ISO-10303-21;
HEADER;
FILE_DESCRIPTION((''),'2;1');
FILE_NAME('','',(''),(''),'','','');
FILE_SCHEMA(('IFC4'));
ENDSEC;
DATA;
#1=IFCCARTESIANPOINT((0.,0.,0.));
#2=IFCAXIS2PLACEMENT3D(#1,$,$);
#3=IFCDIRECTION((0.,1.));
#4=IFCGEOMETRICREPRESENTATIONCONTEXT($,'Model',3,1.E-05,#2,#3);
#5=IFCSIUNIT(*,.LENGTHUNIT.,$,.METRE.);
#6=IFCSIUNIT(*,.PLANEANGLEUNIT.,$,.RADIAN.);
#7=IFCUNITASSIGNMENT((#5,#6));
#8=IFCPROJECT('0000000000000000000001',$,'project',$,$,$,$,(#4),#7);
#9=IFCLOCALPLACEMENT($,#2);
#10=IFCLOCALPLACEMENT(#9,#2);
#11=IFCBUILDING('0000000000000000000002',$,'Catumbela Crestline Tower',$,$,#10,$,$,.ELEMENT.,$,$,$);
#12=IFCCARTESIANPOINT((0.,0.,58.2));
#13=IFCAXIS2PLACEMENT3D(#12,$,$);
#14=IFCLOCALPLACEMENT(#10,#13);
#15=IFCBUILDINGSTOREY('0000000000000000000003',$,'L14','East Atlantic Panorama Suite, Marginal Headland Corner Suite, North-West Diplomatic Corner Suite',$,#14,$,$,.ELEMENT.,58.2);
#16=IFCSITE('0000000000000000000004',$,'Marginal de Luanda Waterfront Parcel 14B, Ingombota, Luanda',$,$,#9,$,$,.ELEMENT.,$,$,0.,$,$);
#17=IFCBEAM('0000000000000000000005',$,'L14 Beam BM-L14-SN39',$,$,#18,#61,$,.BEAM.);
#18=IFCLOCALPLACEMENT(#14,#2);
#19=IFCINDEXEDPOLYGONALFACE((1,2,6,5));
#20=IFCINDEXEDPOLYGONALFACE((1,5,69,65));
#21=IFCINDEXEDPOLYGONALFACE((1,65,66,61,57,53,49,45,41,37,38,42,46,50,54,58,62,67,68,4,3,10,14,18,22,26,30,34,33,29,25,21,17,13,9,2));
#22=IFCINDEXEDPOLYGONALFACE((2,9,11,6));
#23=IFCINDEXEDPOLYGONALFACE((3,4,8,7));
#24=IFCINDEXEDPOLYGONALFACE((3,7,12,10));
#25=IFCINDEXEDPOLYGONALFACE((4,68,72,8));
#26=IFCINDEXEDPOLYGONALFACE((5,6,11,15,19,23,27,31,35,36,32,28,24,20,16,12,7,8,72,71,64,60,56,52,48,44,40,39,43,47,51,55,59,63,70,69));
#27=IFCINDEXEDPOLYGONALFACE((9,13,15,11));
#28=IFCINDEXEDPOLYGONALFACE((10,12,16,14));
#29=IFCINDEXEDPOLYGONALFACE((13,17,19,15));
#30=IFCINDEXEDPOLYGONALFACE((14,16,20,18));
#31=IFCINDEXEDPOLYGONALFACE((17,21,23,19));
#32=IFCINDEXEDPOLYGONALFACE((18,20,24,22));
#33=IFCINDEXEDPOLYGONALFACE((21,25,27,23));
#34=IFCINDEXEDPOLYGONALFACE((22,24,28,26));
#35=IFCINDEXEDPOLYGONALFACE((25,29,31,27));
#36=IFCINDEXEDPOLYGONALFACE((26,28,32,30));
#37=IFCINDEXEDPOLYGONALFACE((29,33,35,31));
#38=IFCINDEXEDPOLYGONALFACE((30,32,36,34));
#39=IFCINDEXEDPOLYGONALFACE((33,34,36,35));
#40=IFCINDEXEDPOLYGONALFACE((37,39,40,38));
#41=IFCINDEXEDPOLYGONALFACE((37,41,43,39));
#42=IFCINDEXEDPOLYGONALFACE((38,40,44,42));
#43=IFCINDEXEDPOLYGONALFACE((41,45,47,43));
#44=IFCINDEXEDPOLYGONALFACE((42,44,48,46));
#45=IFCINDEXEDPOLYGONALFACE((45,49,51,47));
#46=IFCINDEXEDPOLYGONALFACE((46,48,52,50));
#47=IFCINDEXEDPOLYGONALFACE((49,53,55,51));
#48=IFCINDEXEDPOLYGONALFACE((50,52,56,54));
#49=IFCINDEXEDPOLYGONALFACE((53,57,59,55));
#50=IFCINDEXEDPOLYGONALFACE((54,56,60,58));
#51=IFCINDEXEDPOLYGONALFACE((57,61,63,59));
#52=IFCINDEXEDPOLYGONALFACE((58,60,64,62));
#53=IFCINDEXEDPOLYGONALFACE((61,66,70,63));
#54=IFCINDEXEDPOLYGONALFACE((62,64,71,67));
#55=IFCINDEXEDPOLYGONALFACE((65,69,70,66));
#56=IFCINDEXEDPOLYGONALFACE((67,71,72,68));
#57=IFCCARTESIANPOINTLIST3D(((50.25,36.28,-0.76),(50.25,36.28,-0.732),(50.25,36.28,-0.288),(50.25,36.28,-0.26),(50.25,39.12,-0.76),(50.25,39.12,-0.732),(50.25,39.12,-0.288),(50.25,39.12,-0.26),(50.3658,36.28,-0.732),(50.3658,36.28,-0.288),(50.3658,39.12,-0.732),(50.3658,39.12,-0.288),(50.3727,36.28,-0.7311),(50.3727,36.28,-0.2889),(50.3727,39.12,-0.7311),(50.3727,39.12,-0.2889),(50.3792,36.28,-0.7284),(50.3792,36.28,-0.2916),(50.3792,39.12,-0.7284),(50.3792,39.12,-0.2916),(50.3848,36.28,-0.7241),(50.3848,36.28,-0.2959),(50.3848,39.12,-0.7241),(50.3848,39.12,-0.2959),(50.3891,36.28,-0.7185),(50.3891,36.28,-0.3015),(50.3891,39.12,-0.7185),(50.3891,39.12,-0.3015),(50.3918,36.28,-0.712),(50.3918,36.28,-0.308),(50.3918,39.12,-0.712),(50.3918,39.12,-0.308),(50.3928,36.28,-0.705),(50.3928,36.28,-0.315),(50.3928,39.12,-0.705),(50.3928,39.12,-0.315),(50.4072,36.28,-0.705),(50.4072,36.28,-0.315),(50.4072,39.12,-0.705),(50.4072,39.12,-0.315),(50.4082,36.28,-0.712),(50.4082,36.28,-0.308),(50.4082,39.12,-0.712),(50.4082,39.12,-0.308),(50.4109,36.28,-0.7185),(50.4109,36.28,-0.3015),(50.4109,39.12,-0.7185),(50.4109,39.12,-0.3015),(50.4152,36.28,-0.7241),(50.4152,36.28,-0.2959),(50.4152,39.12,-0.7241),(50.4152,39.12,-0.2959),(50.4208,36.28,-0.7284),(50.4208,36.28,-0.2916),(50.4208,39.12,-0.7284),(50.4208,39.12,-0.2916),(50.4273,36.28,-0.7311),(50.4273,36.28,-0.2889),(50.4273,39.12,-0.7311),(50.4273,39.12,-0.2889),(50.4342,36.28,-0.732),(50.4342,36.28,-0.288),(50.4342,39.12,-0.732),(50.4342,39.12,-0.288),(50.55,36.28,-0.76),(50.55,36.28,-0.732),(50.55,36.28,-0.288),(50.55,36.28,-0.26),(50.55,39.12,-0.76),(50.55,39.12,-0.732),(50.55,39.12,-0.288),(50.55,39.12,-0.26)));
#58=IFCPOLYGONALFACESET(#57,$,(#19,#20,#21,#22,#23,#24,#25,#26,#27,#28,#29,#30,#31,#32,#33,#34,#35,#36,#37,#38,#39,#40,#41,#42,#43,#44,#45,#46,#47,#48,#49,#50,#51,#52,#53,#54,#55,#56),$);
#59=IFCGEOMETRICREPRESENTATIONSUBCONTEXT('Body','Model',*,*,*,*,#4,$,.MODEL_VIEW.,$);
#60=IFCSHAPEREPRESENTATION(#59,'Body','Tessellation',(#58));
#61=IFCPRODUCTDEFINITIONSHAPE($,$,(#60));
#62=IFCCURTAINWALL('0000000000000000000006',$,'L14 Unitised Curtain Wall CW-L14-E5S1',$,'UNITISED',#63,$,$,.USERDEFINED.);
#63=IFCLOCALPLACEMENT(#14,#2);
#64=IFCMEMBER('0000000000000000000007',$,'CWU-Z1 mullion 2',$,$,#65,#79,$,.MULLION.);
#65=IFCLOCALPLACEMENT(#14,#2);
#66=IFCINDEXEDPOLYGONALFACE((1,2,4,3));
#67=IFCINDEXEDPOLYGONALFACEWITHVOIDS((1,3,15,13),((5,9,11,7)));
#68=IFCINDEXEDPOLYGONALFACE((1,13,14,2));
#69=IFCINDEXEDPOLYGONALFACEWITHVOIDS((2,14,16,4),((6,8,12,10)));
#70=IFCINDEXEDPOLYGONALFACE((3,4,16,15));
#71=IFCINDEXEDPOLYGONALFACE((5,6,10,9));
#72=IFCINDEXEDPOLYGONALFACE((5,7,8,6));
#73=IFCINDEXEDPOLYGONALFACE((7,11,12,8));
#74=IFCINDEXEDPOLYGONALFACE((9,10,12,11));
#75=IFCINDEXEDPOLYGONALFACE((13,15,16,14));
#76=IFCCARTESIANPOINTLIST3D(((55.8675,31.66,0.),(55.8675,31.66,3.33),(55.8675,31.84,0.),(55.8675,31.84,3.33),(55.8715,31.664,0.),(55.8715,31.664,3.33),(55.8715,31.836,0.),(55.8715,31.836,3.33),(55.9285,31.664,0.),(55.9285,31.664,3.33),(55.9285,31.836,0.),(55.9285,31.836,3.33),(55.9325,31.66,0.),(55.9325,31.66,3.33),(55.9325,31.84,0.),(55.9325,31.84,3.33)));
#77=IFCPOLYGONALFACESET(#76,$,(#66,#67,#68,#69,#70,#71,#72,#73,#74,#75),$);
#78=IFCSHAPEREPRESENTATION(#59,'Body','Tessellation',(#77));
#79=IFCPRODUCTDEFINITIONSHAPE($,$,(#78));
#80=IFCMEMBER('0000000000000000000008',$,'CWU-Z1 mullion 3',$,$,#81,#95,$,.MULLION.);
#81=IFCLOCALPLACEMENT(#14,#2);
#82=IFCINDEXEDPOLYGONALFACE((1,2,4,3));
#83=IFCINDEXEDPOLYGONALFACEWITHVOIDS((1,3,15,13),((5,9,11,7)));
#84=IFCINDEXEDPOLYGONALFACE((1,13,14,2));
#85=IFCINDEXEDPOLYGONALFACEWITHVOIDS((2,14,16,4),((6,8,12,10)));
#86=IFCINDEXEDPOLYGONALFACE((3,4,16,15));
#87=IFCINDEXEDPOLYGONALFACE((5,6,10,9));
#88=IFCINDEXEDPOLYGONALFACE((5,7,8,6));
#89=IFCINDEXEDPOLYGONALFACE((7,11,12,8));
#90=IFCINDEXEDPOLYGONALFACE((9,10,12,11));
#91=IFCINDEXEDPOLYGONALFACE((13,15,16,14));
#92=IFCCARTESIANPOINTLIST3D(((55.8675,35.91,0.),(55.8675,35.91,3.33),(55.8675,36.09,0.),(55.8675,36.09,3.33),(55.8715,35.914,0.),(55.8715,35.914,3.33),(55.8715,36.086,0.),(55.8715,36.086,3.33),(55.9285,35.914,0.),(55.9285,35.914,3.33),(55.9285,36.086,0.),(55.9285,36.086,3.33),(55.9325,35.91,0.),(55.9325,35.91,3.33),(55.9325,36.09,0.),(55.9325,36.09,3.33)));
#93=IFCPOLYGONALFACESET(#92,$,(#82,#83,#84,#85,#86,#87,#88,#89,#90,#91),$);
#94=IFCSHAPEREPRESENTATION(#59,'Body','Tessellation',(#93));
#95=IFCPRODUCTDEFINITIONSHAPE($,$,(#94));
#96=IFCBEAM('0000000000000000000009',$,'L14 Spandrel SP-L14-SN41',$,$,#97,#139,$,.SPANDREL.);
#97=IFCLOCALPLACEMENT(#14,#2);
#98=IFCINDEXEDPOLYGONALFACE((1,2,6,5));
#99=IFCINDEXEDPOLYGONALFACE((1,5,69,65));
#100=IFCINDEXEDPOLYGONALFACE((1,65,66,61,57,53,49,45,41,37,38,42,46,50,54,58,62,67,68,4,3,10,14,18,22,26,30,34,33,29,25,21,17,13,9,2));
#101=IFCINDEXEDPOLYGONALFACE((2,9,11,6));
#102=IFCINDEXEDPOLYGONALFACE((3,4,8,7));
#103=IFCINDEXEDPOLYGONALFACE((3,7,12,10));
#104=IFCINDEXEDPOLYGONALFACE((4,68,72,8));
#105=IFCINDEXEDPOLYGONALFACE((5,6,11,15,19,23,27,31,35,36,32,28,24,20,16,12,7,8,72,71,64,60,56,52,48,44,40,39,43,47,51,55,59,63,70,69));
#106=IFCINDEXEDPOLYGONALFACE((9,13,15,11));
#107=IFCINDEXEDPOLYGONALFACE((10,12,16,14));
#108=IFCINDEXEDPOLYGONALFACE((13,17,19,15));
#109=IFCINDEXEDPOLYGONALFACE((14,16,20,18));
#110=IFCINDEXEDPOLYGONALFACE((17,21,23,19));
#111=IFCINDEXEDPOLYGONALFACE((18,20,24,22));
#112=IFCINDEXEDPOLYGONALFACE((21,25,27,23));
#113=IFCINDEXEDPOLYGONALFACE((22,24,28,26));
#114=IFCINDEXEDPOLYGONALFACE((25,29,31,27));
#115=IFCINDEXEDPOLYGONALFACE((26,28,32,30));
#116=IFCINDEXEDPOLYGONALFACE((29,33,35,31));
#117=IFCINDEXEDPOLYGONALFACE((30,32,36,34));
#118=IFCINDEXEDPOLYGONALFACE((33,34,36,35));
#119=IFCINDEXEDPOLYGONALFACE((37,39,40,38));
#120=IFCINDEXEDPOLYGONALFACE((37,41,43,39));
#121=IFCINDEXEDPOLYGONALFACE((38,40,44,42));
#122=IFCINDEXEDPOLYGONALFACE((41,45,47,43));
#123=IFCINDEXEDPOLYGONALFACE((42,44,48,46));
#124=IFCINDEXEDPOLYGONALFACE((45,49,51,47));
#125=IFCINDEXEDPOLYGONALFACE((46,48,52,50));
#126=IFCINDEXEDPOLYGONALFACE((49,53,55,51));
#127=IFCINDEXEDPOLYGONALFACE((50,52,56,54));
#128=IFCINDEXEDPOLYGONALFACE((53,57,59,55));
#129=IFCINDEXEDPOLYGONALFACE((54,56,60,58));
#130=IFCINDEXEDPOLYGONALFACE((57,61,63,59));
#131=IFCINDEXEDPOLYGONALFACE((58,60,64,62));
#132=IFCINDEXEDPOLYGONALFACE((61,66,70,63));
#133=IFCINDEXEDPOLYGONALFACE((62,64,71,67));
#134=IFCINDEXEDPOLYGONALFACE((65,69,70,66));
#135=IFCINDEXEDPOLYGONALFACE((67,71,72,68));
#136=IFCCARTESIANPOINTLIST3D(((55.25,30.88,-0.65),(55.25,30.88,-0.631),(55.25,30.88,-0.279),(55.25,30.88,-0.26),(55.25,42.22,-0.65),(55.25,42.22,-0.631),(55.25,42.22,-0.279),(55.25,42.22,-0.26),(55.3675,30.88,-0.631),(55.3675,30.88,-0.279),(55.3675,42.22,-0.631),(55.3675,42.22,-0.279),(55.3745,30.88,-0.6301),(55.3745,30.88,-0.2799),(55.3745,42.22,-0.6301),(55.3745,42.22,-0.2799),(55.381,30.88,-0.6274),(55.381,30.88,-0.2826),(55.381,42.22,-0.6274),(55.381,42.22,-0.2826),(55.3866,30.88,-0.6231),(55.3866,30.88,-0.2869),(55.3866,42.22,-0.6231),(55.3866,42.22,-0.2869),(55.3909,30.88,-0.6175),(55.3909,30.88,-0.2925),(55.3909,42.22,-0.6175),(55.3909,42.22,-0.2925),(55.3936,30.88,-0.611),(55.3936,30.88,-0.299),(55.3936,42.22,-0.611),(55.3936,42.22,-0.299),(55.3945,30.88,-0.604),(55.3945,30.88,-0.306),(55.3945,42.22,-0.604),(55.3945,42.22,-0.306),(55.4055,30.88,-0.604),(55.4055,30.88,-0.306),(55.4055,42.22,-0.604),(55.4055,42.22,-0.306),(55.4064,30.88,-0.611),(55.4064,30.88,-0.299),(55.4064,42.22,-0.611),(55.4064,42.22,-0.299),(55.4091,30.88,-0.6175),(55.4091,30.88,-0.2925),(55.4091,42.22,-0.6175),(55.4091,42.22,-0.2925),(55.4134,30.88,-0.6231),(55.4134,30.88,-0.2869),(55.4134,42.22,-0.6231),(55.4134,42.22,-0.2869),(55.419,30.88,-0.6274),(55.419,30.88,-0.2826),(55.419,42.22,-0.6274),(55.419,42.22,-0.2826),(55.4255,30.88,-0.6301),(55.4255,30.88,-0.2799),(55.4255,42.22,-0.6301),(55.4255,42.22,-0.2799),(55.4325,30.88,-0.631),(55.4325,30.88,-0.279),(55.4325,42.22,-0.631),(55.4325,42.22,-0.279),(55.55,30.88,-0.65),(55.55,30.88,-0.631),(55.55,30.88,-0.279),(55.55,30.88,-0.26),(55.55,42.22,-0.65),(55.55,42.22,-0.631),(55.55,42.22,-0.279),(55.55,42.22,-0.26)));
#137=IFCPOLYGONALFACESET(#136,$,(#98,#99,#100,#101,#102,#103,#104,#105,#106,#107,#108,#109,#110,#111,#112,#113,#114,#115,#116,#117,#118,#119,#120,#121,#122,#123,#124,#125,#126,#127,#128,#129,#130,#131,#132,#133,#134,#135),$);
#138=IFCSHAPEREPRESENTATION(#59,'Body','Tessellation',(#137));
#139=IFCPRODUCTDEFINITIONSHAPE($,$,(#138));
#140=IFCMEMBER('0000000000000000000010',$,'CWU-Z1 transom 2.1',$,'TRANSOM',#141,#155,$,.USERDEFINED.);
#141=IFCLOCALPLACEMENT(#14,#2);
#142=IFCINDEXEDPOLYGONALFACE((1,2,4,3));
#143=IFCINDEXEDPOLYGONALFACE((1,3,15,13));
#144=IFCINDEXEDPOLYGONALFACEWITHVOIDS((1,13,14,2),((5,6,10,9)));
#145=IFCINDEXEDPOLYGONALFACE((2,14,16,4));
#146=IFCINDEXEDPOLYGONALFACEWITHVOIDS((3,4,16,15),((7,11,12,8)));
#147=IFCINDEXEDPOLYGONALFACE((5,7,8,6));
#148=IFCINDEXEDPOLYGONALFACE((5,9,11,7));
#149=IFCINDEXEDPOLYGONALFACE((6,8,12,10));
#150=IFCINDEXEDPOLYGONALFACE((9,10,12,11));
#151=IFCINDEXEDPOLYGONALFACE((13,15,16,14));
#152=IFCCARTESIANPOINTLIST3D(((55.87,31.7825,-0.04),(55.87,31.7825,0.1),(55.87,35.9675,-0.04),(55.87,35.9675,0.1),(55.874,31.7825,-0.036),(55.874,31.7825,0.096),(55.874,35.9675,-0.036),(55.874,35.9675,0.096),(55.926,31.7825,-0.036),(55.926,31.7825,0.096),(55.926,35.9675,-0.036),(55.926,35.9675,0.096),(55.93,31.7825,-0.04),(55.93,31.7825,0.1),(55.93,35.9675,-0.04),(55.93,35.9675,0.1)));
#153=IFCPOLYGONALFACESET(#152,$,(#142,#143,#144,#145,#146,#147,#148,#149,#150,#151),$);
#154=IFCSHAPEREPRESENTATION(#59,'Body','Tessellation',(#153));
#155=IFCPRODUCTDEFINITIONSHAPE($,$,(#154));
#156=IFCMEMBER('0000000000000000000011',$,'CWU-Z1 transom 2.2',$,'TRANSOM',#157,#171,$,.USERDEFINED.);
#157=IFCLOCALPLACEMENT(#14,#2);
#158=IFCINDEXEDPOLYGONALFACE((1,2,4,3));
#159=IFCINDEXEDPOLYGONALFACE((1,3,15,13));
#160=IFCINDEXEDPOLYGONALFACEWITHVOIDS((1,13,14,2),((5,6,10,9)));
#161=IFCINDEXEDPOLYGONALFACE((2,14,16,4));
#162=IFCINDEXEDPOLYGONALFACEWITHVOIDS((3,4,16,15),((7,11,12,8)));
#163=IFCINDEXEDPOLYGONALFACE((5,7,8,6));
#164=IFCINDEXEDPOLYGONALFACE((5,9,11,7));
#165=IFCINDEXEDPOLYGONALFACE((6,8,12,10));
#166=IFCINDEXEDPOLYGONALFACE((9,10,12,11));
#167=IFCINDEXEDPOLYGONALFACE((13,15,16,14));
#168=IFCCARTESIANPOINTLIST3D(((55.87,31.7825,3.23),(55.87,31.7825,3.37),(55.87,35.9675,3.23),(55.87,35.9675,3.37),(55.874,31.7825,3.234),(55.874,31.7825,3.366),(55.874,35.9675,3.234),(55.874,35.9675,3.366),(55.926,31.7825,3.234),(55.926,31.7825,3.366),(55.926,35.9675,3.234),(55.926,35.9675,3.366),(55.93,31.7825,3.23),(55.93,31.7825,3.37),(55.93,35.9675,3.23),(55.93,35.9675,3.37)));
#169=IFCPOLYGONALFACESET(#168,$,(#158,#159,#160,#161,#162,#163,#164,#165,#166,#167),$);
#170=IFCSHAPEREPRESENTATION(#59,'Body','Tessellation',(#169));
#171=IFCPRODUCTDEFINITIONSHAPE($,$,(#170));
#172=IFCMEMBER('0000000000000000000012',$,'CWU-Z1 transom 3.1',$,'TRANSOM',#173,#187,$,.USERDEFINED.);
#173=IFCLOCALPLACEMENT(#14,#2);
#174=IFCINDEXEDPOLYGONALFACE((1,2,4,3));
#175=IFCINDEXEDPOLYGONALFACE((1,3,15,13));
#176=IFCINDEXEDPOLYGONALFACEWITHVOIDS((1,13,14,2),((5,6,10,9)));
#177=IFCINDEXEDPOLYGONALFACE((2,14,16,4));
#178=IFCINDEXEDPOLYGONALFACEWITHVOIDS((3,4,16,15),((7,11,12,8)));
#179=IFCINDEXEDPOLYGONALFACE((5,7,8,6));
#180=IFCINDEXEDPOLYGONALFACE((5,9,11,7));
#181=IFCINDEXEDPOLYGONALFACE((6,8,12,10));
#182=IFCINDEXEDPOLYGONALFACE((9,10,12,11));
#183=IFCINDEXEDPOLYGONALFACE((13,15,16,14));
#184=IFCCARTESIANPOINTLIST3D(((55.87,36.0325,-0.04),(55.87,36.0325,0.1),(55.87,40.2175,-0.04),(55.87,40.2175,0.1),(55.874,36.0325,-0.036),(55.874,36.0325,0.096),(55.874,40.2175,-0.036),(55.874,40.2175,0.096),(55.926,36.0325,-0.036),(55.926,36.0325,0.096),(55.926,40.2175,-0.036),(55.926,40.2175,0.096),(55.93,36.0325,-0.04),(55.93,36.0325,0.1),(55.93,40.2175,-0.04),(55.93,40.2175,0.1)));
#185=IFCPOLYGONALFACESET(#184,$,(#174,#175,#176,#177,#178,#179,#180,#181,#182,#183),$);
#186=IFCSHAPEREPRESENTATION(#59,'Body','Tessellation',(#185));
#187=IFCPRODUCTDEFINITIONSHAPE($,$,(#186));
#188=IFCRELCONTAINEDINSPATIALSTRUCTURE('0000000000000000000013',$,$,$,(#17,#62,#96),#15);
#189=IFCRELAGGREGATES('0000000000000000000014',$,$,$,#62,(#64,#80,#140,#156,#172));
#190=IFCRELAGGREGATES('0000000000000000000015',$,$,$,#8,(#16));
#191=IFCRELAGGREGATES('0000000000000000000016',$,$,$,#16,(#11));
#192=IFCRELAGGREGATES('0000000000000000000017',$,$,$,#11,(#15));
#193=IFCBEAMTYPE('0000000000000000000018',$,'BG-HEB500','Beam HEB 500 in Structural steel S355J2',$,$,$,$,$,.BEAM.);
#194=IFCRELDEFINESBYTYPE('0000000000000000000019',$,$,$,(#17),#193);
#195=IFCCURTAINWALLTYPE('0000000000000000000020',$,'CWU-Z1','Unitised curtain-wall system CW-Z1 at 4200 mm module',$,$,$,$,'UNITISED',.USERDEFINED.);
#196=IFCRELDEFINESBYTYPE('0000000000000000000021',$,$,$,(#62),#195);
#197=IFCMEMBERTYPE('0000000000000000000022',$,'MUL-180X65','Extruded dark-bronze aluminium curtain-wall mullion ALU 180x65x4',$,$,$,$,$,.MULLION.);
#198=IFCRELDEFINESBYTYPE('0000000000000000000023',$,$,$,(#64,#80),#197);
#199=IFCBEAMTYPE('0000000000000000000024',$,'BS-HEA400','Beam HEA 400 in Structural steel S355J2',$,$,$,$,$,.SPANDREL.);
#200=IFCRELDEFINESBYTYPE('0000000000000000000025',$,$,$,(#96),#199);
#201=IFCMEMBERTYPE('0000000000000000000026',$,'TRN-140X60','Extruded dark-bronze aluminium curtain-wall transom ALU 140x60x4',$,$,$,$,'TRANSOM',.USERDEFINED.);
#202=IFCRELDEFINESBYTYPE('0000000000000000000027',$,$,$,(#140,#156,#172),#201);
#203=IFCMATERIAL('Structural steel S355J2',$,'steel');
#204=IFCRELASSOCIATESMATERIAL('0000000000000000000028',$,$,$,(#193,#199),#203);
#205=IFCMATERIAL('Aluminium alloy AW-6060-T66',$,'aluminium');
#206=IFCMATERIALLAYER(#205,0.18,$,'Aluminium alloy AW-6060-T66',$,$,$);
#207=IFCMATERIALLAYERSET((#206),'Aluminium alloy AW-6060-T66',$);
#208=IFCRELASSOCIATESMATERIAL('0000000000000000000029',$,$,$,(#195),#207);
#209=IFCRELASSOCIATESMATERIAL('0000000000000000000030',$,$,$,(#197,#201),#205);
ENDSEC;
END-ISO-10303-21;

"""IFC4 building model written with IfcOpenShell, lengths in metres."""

from ifc_helpers import new_model, si_unit, direction, frame, origin, origin_2d, place, context, subcontext, project, spatial, hollow_rectangle, i_section, extrude, material, layer, layer_set, material_profile, profile_set, type_object, element, aggregate, save


model = new_model("IFC4")

# Units and contexts
model_context = context("Model", 3, precision=1e-05, world=origin(), true_north=direction((0.0, 1.0)))
body_context = subcontext(model_context, "Body", "Model", "MODEL_VIEW")
ifc_project = project(units=[si_unit("LENGTHUNIT", "METRE"), si_unit("PLANEANGLEUNIT", "RADIAN")], contexts=[model_context])

# Site, building, storey
site_placement = place(None, origin())
site = spatial("IfcSite", under=ifc_project, at=site_placement, Name="Marginal de Luanda Waterfront Parcel 14B, Ingombota, Luanda", CompositionType="ELEMENT", RefElevation=0.0)
building_placement = place(site_placement, origin())
building = spatial("IfcBuilding", under=site, at=building_placement, Name="Catumbela Crestline Tower", CompositionType="ELEMENT")
storey_placement = place(building_placement, frame((0.0, 0.0, 58.2)))
storey = spatial("IfcBuildingStorey", under=building, at=storey_placement, Name="L14", Description="East Atlantic Panorama Suite, Marginal Headland Corner Suite, North-West Diplomatic Corner Suite", CompositionType="ELEMENT", Elevation=58.2)

# Beam
ifc_material_1 = material(Name="Structural steel S355J2", Category="steel")
ifc_material_profile_1 = material_profile(ifc_material_1, i_section(OverallWidth=0.3, OverallDepth=0.5, WebThickness=0.0145, FlangeThickness=0.028, FilletRadius=0.027, at=origin_2d()), Name="HEB 500")
ifc_profile_set_1 = profile_set([ifc_material_profile_1], Name="Structural steel S355J2")
beam_type_1 = type_object("IfcBeamType", Name="BG-HEB500", Description="Beam HEB 500 in Structural steel S355J2", PredefinedType="BEAM", material=ifc_profile_set_1)
beam_1_placement = place(storey_placement, frame((50.4, 36.28, -0.51), z_axis=(0.0, 1.0, 0.0), x_axis=(-1.0, 0.0, 0.0)))
element("IfcBeam", 1, at=beam_1_placement, inside=storey, type_object=beam_type_1, Name="L14 Beam BM-L14-SN39", PredefinedType="BEAM", context=body_context, shape_type="SweptSolid", body=[
    extrude(i_section(OverallWidth=0.3, OverallDepth=0.5, WebThickness=0.0145, FlangeThickness=0.028, FilletRadius=0.027, at=origin_2d()), origin(), (0.0, 0.0, 1.0), 2.84),
])

# Curtain wall, members
ifc_material_2 = material(Name="Aluminium alloy AW-6060-T66", Category="aluminium")
ifc_layer_1 = layer(ifc_material_2, 0.18, Name="Aluminium alloy AW-6060-T66")
ifc_layer_set_1 = layer_set([ifc_layer_1], Name="Aluminium alloy AW-6060-T66")
curtain_wall_type = type_object("IfcCurtainWallType", Name="CWU-Z1", Description="Unitised curtain-wall system CW-Z1 at 4200 mm module", ElementType="UNITISED", PredefinedType="USERDEFINED", material=ifc_layer_set_1)
curtain_wall_placement = place(storey_placement, origin())
curtain_wall = element("IfcCurtainWall", 2, at=curtain_wall_placement, inside=storey, type_object=curtain_wall_type, Name="L14 Unitised Curtain Wall CW-L14-E5S1", ObjectType="UNITISED", PredefinedType="USERDEFINED")
ifc_material_profile_2 = material_profile(ifc_material_2, hollow_rectangle(XDim=0.065, YDim=0.18, WallThickness=0.004, at=origin_2d()), Name="ALU 180x65x4")
ifc_profile_set_2 = profile_set([ifc_material_profile_2], Name="Aluminium alloy AW-6060-T66")
member_type_1 = type_object("IfcMemberType", Name="MUL-180X65", Description="Extruded dark-bronze aluminium curtain-wall mullion ALU 180x65x4", PredefinedType="MULLION", material=ifc_profile_set_2)
member_1_placement = place(storey_placement, frame((55.9, 31.75, 0.0), z_axis=(0.0, 0.0, 1.0), x_axis=(-1.0, 0.0, 0.0)))
member_1 = element("IfcMember", 3, at=member_1_placement, type_object=member_type_1, Name="CWU-Z1 mullion 2", PredefinedType="MULLION", context=body_context, shape_type="SweptSolid", body=[
    extrude(hollow_rectangle(XDim=0.065, YDim=0.18, WallThickness=0.004, at=origin_2d()), origin(), (0.0, 0.0, 1.0), 3.33),
])
member_2_placement = place(storey_placement, frame((55.9, 36.0, 0.0), z_axis=(0.0, 0.0, 1.0), x_axis=(-1.0, 0.0, 0.0)))
member_2 = element("IfcMember", 4, at=member_2_placement, type_object=member_type_1, Name="CWU-Z1 mullion 3", PredefinedType="MULLION", context=body_context, shape_type="SweptSolid", body=[
    extrude(hollow_rectangle(XDim=0.065, YDim=0.18, WallThickness=0.004, at=origin_2d()), origin(), (0.0, 0.0, 1.0), 3.33),
])

# Beam
ifc_material_profile_3 = material_profile(ifc_material_1, i_section(OverallWidth=0.3, OverallDepth=0.39, WebThickness=0.011, FlangeThickness=0.019, FilletRadius=0.027, at=origin_2d()), Name="HEA 400")
ifc_profile_set_3 = profile_set([ifc_material_profile_3], Name="Structural steel S355J2")
beam_type_2 = type_object("IfcBeamType", Name="BS-HEA400", Description="Beam HEA 400 in Structural steel S355J2", PredefinedType="SPANDREL", material=ifc_profile_set_3)
beam_2_placement = place(storey_placement, frame((55.4, 30.88, -0.455), z_axis=(0.0, 1.0, 0.0), x_axis=(-1.0, 0.0, 0.0)))
element("IfcBeam", 5, at=beam_2_placement, inside=storey, type_object=beam_type_2, Name="L14 Spandrel SP-L14-SN41", PredefinedType="SPANDREL", context=body_context, shape_type="SweptSolid", body=[
    extrude(i_section(OverallWidth=0.3, OverallDepth=0.39, WebThickness=0.011, FlangeThickness=0.019, FilletRadius=0.027, at=origin_2d()), origin(), (0.0, 0.0, 1.0), 11.34),
])

# Members
ifc_material_profile_4 = material_profile(ifc_material_2, hollow_rectangle(XDim=0.06, YDim=0.14, WallThickness=0.004, at=origin_2d()), Name="ALU 140x60x4")
ifc_profile_set_4 = profile_set([ifc_material_profile_4], Name="Aluminium alloy AW-6060-T66")
member_type_2 = type_object("IfcMemberType", Name="TRN-140X60", Description="Extruded dark-bronze aluminium curtain-wall transom ALU 140x60x4", ElementType="TRANSOM", PredefinedType="USERDEFINED", material=ifc_profile_set_4)
member_3_placement = place(storey_placement, frame((55.9, 31.7825, 0.03), z_axis=(0.0, 1.0, 0.0), x_axis=(-1.0, 0.0, 0.0)))
member_3 = element("IfcMember", 6, at=member_3_placement, type_object=member_type_2, Name="CWU-Z1 transom 2.1", ObjectType="TRANSOM", PredefinedType="USERDEFINED", context=body_context, shape_type="SweptSolid", body=[
    extrude(hollow_rectangle(XDim=0.06, YDim=0.14, WallThickness=0.004, at=origin_2d()), origin(), (0.0, 0.0, 1.0), 4.185),
])
member_4_placement = place(storey_placement, frame((55.9, 31.7825, 3.3), z_axis=(0.0, 1.0, 0.0), x_axis=(-1.0, 0.0, 0.0)))
member_4 = element("IfcMember", 7, at=member_4_placement, type_object=member_type_2, Name="CWU-Z1 transom 2.2", ObjectType="TRANSOM", PredefinedType="USERDEFINED", context=body_context, shape_type="SweptSolid", body=[
    extrude(hollow_rectangle(XDim=0.06, YDim=0.14, WallThickness=0.004, at=origin_2d()), origin(), (0.0, 0.0, 1.0), 4.185),
])
member_5_placement = place(storey_placement, frame((55.9, 36.0325, 0.03), z_axis=(0.0, 1.0, 0.0), x_axis=(-1.0, 0.0, 0.0)))
member_5 = element("IfcMember", 8, at=member_5_placement, type_object=member_type_2, Name="CWU-Z1 transom 3.1", ObjectType="TRANSOM", PredefinedType="USERDEFINED", context=body_context, shape_type="SweptSolid", body=[
    extrude(hollow_rectangle(XDim=0.06, YDim=0.14, WallThickness=0.004, at=origin_2d()), origin(), (0.0, 0.0, 1.0), 4.185),
])

aggregate(curtain_wall, [member_1, member_2, member_3, member_4, member_5])

save(model, "model.ifc")
